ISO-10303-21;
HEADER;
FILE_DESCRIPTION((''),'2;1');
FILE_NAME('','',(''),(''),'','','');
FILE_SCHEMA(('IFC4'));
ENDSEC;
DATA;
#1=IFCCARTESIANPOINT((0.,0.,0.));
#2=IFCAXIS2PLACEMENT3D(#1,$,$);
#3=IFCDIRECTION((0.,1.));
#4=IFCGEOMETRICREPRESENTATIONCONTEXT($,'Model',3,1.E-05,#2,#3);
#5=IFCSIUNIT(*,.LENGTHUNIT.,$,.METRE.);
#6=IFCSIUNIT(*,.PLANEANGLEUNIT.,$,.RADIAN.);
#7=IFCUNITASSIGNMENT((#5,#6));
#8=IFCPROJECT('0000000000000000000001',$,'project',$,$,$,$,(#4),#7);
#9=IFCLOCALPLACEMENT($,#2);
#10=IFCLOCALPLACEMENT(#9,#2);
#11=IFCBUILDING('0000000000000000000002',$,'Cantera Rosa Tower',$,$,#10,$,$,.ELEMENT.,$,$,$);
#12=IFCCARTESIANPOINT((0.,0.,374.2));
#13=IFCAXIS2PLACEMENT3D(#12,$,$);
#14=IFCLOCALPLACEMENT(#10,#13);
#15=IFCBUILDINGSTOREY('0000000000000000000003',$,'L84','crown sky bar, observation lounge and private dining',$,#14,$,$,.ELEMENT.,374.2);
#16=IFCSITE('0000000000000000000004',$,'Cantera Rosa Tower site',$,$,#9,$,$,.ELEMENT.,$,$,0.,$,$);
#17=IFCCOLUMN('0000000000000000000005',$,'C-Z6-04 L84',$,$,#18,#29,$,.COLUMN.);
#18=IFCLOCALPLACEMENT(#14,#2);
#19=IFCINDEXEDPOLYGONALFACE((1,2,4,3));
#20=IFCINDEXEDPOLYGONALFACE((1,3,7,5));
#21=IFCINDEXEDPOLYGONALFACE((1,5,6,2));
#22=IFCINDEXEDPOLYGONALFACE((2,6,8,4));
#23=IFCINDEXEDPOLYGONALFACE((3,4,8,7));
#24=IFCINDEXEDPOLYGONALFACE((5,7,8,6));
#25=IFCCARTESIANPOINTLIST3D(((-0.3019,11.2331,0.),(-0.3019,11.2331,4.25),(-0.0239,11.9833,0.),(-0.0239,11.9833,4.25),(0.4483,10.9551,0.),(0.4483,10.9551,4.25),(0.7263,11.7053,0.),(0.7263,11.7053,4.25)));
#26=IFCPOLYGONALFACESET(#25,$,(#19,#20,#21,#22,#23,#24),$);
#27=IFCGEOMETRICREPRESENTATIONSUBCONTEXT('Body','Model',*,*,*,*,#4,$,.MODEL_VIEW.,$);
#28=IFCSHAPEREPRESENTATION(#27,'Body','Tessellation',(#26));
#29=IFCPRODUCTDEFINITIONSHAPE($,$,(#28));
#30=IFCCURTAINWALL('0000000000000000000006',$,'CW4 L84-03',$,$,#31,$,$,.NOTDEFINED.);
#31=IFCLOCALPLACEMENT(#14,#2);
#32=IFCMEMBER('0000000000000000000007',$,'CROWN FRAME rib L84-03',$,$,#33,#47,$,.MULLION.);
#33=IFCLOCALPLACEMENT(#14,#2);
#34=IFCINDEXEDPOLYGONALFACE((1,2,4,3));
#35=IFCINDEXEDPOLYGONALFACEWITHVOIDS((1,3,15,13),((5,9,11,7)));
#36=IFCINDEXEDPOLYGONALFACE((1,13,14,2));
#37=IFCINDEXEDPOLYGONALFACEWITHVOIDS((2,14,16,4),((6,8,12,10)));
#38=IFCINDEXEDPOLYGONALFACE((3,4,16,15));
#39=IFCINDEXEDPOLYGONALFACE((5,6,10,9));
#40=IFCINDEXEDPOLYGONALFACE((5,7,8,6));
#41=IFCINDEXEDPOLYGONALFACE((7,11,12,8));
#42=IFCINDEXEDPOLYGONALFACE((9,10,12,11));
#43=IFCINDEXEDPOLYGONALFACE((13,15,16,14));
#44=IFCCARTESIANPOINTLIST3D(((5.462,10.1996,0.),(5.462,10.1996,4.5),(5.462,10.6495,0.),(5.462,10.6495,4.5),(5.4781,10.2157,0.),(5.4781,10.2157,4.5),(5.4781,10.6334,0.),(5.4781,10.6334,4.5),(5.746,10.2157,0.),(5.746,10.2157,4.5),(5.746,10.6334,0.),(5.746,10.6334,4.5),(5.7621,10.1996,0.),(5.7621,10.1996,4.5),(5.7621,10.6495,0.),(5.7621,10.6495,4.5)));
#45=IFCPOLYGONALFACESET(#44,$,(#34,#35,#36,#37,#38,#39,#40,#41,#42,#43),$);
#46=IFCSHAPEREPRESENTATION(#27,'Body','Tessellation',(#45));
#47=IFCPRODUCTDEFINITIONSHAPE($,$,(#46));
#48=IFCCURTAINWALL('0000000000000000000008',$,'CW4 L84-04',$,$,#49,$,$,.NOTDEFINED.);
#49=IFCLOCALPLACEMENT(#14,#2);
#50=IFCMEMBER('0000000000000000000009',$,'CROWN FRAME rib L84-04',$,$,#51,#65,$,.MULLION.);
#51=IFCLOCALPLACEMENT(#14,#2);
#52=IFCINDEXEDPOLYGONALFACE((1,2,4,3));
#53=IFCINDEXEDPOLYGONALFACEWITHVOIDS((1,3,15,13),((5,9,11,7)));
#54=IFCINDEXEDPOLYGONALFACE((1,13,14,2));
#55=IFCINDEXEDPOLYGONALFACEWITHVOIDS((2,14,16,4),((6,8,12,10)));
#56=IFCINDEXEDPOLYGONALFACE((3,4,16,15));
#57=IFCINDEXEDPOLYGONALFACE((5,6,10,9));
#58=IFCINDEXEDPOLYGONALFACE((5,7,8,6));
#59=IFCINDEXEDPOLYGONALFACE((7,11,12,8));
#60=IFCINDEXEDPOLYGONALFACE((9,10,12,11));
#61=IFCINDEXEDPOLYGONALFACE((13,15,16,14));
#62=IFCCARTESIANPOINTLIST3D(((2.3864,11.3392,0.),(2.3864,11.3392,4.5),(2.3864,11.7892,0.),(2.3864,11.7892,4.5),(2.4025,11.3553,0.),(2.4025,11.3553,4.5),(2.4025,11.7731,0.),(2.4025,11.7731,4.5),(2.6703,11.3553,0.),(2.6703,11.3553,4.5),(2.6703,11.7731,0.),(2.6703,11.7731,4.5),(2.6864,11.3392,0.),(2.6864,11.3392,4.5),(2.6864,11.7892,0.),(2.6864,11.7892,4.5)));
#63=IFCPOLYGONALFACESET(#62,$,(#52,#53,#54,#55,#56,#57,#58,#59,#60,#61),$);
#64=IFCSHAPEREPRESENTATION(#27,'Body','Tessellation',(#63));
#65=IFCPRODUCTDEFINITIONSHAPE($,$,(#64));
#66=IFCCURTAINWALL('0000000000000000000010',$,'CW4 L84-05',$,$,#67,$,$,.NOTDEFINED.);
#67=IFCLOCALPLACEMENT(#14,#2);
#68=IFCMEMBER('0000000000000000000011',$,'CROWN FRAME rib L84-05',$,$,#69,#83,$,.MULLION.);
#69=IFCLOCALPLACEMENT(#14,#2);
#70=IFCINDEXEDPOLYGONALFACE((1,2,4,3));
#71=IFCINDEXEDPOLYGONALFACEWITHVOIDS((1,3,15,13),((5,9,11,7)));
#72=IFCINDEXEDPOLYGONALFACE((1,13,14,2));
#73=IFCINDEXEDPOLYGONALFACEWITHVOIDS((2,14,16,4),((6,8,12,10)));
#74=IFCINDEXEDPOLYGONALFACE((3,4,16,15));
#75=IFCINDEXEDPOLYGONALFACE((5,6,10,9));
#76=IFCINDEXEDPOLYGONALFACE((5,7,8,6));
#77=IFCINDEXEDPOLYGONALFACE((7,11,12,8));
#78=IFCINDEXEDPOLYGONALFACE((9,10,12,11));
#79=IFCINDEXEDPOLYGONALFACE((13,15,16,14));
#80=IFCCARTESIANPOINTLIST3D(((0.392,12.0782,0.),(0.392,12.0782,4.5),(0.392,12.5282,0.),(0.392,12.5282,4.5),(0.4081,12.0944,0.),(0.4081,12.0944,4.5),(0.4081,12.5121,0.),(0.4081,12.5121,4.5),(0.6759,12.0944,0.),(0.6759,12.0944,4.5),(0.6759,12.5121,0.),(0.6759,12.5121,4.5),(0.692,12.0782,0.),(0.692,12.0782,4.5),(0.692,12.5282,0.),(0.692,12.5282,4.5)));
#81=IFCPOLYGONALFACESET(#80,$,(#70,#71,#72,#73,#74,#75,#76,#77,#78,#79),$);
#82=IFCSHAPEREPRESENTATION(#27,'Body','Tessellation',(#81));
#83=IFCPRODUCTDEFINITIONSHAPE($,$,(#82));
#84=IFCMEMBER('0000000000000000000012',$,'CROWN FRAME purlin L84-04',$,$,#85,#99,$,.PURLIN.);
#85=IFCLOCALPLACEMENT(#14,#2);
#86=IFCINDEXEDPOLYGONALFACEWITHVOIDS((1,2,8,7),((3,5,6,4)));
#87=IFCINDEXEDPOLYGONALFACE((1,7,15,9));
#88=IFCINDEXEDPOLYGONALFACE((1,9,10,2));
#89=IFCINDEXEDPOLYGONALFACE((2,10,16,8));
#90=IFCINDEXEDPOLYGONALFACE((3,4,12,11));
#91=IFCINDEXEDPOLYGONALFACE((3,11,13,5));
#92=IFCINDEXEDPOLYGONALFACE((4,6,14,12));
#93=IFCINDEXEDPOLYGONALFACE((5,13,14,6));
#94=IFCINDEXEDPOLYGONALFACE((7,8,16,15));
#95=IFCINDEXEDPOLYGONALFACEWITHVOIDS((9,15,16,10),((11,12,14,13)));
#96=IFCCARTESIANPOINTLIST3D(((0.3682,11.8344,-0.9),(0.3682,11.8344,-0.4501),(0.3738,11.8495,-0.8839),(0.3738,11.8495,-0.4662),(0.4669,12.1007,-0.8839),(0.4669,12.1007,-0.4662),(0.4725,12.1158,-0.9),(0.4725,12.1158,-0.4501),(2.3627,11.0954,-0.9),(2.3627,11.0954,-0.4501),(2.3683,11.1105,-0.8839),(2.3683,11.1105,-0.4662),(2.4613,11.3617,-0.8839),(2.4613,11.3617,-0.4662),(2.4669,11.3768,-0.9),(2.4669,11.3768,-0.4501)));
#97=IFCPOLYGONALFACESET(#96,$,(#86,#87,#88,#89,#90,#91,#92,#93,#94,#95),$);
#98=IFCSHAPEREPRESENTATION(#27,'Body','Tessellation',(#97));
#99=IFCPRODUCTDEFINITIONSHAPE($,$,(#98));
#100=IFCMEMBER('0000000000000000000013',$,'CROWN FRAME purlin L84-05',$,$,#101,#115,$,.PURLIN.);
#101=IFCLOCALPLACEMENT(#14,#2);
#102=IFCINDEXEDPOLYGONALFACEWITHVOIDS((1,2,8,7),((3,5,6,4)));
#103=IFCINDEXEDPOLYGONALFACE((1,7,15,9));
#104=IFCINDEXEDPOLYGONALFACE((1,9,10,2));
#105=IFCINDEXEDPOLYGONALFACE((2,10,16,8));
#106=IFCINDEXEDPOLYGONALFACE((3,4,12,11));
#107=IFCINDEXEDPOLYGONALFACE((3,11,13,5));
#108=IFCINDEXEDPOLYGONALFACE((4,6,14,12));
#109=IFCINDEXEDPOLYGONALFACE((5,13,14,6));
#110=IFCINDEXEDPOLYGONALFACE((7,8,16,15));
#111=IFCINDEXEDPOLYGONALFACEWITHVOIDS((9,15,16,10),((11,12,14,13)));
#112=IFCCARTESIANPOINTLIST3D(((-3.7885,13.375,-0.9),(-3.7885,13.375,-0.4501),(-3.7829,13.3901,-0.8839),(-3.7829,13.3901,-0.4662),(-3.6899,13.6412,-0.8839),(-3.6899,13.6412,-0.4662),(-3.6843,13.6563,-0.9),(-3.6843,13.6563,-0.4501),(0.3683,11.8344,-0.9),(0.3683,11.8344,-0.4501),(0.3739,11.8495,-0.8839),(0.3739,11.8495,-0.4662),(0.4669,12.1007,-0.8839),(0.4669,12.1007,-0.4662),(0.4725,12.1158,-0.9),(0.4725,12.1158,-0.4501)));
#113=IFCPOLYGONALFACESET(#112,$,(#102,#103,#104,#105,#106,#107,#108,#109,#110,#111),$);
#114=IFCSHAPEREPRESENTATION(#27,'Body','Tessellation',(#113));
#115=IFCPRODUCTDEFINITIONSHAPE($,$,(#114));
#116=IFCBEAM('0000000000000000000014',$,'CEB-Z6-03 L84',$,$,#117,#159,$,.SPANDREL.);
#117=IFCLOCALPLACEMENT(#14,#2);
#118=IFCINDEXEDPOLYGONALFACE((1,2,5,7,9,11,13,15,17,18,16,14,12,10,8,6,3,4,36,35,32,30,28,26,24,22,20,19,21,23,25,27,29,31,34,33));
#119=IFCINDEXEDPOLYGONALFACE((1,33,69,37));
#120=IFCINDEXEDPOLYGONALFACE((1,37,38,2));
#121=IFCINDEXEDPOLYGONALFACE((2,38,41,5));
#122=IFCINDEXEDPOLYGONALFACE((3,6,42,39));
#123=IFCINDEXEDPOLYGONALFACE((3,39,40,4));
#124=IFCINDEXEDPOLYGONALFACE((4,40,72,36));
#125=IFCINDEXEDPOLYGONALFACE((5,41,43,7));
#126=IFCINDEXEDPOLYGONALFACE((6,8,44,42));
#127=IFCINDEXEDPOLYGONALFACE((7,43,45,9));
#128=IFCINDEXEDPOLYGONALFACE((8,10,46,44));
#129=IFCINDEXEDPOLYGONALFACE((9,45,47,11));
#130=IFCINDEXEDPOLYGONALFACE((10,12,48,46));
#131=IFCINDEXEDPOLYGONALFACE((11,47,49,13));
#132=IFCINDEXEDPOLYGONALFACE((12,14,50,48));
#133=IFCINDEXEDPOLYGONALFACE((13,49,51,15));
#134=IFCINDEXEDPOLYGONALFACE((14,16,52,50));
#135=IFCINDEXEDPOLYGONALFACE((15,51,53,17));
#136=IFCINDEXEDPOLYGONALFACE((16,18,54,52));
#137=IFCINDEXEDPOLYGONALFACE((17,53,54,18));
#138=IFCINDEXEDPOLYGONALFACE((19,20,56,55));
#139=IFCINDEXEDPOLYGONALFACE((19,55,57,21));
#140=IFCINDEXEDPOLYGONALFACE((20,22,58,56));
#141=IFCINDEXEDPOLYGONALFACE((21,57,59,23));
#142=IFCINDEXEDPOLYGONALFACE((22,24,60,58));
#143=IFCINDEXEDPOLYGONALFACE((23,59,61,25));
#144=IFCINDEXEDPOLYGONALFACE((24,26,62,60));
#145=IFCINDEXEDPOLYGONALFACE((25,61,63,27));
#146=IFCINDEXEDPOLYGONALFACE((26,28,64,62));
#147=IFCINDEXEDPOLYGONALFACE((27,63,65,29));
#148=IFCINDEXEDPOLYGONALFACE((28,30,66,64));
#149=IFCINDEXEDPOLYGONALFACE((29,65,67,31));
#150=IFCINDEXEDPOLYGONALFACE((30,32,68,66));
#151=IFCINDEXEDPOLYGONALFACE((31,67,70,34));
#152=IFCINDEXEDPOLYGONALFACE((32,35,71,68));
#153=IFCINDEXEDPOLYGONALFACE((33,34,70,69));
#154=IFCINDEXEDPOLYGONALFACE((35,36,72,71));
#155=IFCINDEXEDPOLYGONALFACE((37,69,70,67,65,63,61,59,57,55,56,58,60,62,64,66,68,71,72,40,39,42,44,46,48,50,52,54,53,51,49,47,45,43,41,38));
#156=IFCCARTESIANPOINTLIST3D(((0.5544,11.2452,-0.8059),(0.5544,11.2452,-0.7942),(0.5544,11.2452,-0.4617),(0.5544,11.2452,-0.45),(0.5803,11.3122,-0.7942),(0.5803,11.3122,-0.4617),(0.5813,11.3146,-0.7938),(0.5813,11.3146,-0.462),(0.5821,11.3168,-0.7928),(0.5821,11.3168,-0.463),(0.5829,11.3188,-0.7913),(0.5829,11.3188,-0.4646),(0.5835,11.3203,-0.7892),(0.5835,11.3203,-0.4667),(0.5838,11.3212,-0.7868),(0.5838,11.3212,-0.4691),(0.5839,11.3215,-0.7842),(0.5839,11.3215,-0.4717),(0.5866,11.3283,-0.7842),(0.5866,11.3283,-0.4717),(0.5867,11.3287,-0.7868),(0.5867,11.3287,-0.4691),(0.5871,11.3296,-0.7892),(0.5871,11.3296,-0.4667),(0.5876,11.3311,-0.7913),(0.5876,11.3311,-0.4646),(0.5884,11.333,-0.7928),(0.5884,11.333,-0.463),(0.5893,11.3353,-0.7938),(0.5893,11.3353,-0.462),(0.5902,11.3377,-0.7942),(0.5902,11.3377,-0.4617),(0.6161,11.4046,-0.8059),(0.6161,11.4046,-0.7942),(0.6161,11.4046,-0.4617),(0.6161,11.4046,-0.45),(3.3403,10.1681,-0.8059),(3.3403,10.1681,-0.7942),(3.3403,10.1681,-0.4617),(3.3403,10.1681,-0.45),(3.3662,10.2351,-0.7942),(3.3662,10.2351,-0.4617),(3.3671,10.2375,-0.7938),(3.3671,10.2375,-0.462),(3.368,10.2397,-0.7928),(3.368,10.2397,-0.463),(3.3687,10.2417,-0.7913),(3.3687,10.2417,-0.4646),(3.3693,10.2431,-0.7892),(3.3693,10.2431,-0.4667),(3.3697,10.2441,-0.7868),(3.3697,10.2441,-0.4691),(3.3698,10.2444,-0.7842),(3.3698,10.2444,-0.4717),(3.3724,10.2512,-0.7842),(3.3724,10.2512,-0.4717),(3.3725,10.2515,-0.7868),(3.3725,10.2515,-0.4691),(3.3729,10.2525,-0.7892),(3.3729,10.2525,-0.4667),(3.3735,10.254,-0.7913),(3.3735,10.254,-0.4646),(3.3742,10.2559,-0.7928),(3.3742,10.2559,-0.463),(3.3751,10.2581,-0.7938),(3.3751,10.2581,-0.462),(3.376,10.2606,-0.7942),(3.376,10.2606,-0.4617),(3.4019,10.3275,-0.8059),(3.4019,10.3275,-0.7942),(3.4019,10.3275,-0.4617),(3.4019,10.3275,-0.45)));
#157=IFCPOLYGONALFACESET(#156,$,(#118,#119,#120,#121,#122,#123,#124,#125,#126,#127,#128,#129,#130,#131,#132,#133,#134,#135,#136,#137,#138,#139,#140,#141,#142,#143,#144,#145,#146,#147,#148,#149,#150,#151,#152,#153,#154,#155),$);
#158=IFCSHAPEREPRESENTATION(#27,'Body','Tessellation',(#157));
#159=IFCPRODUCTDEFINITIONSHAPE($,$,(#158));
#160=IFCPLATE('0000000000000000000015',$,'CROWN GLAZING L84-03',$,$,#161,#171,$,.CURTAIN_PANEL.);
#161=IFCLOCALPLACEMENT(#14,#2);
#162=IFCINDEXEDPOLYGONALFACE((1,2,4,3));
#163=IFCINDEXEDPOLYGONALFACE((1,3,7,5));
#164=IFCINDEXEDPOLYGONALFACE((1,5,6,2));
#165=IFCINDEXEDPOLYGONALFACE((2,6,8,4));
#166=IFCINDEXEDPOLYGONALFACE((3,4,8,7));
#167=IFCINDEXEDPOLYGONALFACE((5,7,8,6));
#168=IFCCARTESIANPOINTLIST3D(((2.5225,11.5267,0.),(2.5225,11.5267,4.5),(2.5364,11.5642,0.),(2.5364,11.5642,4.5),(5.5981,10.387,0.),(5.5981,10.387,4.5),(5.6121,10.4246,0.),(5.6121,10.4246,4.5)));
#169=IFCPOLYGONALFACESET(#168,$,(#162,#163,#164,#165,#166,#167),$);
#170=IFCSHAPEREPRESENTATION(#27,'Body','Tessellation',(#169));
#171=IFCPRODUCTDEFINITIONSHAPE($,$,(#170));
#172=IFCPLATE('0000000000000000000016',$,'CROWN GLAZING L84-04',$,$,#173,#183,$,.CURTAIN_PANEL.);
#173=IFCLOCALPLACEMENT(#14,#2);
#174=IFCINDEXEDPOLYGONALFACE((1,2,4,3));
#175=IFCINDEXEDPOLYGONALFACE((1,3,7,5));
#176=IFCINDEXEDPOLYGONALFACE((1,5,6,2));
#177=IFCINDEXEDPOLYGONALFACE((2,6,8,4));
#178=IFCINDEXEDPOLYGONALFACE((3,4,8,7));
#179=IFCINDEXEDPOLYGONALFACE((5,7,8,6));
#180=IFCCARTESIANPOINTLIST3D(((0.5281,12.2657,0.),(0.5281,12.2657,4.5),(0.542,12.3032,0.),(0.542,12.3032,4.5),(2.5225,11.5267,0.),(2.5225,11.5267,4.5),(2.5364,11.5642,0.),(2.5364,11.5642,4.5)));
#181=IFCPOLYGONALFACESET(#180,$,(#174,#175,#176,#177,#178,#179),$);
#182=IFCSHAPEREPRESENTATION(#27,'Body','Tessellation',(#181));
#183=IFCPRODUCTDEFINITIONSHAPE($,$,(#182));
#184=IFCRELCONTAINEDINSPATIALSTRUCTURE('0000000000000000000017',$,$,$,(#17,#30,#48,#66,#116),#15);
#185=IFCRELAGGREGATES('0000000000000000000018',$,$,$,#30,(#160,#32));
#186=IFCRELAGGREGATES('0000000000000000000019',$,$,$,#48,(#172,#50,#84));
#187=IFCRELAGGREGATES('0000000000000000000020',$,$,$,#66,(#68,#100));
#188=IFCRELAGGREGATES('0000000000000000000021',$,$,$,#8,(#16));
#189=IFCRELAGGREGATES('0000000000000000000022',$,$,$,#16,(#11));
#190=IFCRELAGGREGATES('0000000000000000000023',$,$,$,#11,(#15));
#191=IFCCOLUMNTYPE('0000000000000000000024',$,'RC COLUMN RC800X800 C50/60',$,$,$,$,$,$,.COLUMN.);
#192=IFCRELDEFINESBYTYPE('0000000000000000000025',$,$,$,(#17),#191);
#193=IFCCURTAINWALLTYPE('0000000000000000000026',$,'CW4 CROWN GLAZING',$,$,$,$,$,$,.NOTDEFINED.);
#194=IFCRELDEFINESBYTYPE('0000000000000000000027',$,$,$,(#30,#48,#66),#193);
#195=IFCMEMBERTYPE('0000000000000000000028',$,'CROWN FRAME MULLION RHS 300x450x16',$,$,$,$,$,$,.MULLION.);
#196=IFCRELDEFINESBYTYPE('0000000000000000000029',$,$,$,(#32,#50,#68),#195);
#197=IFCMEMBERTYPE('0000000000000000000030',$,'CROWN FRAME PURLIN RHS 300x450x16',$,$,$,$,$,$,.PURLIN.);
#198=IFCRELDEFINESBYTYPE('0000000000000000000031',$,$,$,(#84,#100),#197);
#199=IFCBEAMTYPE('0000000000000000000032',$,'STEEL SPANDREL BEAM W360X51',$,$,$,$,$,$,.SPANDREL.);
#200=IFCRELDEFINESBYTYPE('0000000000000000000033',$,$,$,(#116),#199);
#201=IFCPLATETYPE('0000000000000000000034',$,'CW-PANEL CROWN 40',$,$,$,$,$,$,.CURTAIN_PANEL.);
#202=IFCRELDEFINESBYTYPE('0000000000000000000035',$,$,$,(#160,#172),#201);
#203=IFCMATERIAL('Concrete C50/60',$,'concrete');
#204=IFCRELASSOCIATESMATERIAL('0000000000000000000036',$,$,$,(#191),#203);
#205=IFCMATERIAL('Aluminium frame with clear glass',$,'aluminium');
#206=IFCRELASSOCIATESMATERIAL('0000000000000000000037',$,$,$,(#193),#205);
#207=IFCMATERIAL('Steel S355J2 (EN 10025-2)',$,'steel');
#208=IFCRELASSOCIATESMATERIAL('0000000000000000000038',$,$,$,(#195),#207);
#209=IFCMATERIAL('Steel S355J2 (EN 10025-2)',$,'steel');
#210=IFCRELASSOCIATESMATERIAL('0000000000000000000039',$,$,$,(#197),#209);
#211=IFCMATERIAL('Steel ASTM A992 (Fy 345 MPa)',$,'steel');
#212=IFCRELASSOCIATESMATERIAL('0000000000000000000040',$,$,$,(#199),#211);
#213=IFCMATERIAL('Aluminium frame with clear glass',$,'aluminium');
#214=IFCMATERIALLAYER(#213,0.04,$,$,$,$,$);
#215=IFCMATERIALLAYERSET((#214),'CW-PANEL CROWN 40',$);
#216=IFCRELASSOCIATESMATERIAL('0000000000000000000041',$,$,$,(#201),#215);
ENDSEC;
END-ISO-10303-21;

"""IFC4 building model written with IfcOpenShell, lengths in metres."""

from ifc_helpers import new_model, si_unit, direction, frame, origin, origin_2d, place, context, subcontext, project, spatial, polyline, rectangle, hollow_rectangle, i_section, outline, extrude, material, layer, layer_set, material_profile, profile_set, type_object, element, aggregate, save


model = new_model("IFC4")

# Units and contexts
model_context = context("Model", 3, precision=1e-05, world=origin(), true_north=direction((0.0, 1.0)))
body_context = subcontext(model_context, "Body", "Model", "MODEL_VIEW")
ifc_project = project(units=[si_unit("LENGTHUNIT", "METRE"), si_unit("PLANEANGLEUNIT", "RADIAN")], contexts=[model_context])

# Site, building, storey
site_placement = place(None, origin())
site = spatial("IfcSite", under=ifc_project, at=site_placement, Name="Cantera Rosa Tower site", CompositionType="ELEMENT", RefElevation=0.0)
building_placement = place(site_placement, origin())
building = spatial("IfcBuilding", under=site, at=building_placement, Name="Cantera Rosa Tower", CompositionType="ELEMENT")
storey_placement = place(building_placement, frame((0.0, 0.0, 374.2)))
storey = spatial("IfcBuildingStorey", under=building, at=storey_placement, Name="L84", Description="crown sky bar, observation lounge and private dining", CompositionType="ELEMENT", Elevation=374.2)

# Column
ifc_material_1 = material(Name="Concrete C50/60", Category="concrete")
ifc_material_profile_1 = material_profile(ifc_material_1, rectangle(XDim=0.8, YDim=0.8, at=origin_2d()), Name="RC COLUMN RC800X800 C50/60")
ifc_profile_set_1 = profile_set([ifc_material_profile_1], Name="Concrete C50/60")
column_type = type_object("IfcColumnType", Name="RC COLUMN RC800X800 C50/60", PredefinedType="COLUMN", material=ifc_profile_set_1)
column_placement = place(storey_placement, frame((0.2122, 11.4692, 0.0), z_axis=(0.0, 0.0, 1.0), x_axis=(0.347481, 0.937687, 0.0)))
element("IfcColumn", 1, at=column_placement, inside=storey, type_object=column_type, Name="C-Z6-04 L84", PredefinedType="COLUMN", context=body_context, shape_type="SweptSolid", body=[
    extrude(rectangle(XDim=0.8, YDim=0.8, at=origin_2d()), origin(), (0.0, 0.0, 1.0), 4.25),
])

# Curtain walls, members
ifc_material_2 = material(Name="Aluminium frame with clear glass", Category="aluminium")
curtain_wall_type = type_object("IfcCurtainWallType", Name="CW4 CROWN GLAZING", PredefinedType="NOTDEFINED", material=ifc_material_2)
curtain_wall_1_placement = place(storey_placement, origin())
curtain_wall_1 = element("IfcCurtainWall", 2, at=curtain_wall_1_placement, inside=storey, type_object=curtain_wall_type, Name="CW4 L84-03", PredefinedType="NOTDEFINED")
ifc_material_3 = material(Name="Steel S355J2 (EN 10025-2)", Category="steel")
ifc_material_profile_2 = material_profile(ifc_material_3, hollow_rectangle(XDim=0.3, YDim=0.45, WallThickness=0.0161, at=origin_2d()), Name="CROWN FRAME MULLION RHS 300x450x16")
ifc_profile_set_2 = profile_set([ifc_material_profile_2], Name="Steel S355J2 (EN 10025-2)")
member_type_1 = type_object("IfcMemberType", Name="CROWN FRAME MULLION RHS 300x450x16", PredefinedType="MULLION", material=ifc_profile_set_2)
member_1_placement = place(storey_placement, frame((5.6121, 10.4246, 0.0), z_axis=(0.0, 0.0, 1.0), x_axis=(1.0, 0.0, 0.0)))
member_1 = element("IfcMember", 3, at=member_1_placement, type_object=member_type_1, Name="CROWN FRAME rib L84-03", PredefinedType="MULLION", context=body_context, shape_type="SweptSolid", body=[
    extrude(hollow_rectangle(XDim=0.3, YDim=0.45, WallThickness=0.0161, at=origin_2d()), origin(), (0.0, 0.0, 1.0), 4.5),
])
curtain_wall_2_placement = place(storey_placement, origin())
curtain_wall_2 = element("IfcCurtainWall", 4, at=curtain_wall_2_placement, inside=storey, type_object=curtain_wall_type, Name="CW4 L84-04", PredefinedType="NOTDEFINED")
member_2_placement = place(storey_placement, frame((2.5364, 11.5642, 0.0), z_axis=(0.0, 0.0, 1.0), x_axis=(1.0, 0.0, 0.0)))
member_2 = element("IfcMember", 5, at=member_2_placement, type_object=member_type_1, Name="CROWN FRAME rib L84-04", PredefinedType="MULLION", context=body_context, shape_type="SweptSolid", body=[
    extrude(hollow_rectangle(XDim=0.3, YDim=0.45, WallThickness=0.0161, at=origin_2d()), origin(), (0.0, 0.0, 1.0), 4.5),
])
curtain_wall_3_placement = place(storey_placement, origin())
curtain_wall_3 = element("IfcCurtainWall", 6, at=curtain_wall_3_placement, inside=storey, type_object=curtain_wall_type, Name="CW4 L84-05", PredefinedType="NOTDEFINED")
member_3_placement = place(storey_placement, frame((0.542, 12.3032, 0.0), z_axis=(0.0, 0.0, 1.0), x_axis=(1.0, 0.0, 0.0)))
member_3 = element("IfcMember", 7, at=member_3_placement, type_object=member_type_1, Name="CROWN FRAME rib L84-05", PredefinedType="MULLION", context=body_context, shape_type="SweptSolid", body=[
    extrude(hollow_rectangle(XDim=0.3, YDim=0.45, WallThickness=0.0161, at=origin_2d()), origin(), (0.0, 0.0, 1.0), 4.5),
])

# Members
ifc_material_4 = material(Name="Steel S355J2 (EN 10025-2)", Category="steel")
ifc_material_profile_3 = material_profile(ifc_material_4, hollow_rectangle(XDim=0.3, YDim=0.45, WallThickness=0.0161, at=origin_2d()), Name="CROWN FRAME PURLIN RHS 300x450x16")
ifc_profile_set_3 = profile_set([ifc_material_profile_3], Name="Steel S355J2 (EN 10025-2)")
member_type_2 = type_object("IfcMemberType", Name="CROWN FRAME PURLIN RHS 300x450x16", PredefinedType="PURLIN", material=ifc_profile_set_3)
member_4_placement = place(storey_placement, frame((2.4148, 11.2361, -0.675), z_axis=(-0.937695, 0.34746, 0.0), x_axis=(-0.34746, -0.937695, 0.0)))
member_4 = element("IfcMember", 8, at=member_4_placement, type_object=member_type_2, Name="CROWN FRAME purlin L84-04", PredefinedType="PURLIN", context=body_context, shape_type="SweptSolid", body=[
    extrude(hollow_rectangle(XDim=0.3, YDim=0.45, WallThickness=0.0161, at=origin_2d()), origin(), (0.0, 0.0, 1.0), 2.127),
])
member_5_placement = place(storey_placement, frame((0.4204, 11.9751, -0.675), z_axis=(-0.937676, 0.347512, 0.0), x_axis=(-0.347512, -0.937676, 0.0)))
member_5 = element("IfcMember", 9, at=member_5_placement, type_object=member_type_2, Name="CROWN FRAME purlin L84-05", PredefinedType="PURLIN", context=body_context, shape_type="SweptSolid", body=[
    extrude(hollow_rectangle(XDim=0.3, YDim=0.45, WallThickness=0.0161, at=origin_2d()), origin(), (0.0, 0.0, 1.0), 4.4331),
])

# Beam
ifc_material_5 = material(Name="Steel ASTM A992 (Fy 345 MPa)", Category="steel")
ifc_material_profile_4 = material_profile(ifc_material_5, i_section(OverallWidth=0.1709, OverallDepth=0.356, WebThickness=0.0073, FlangeThickness=0.0117, FilletRadius=0.01, at=origin_2d()), Name="W360X51")
ifc_profile_set_4 = profile_set([ifc_material_profile_4], Name="Steel ASTM A992 (Fy 345 MPa)")
beam_type = type_object("IfcBeamType", Name="STEEL SPANDREL BEAM W360X51", PredefinedType="SPANDREL", material=ifc_profile_set_4)
beam_placement = place(storey_placement, frame((3.3711, 10.2478, -0.6279), z_axis=(-0.93271, 0.360627, 0.0), x_axis=(-0.360627, -0.93271, 0.0)))
element("IfcBeam", 10, at=beam_placement, inside=storey, type_object=beam_type, Name="CEB-Z6-03 L84", PredefinedType="SPANDREL", context=body_context, shape_type="SweptSolid", body=[
    extrude(i_section(OverallWidth=0.1709, OverallDepth=0.356, WebThickness=0.0073, FlangeThickness=0.0117, FilletRadius=0.01, at=origin_2d()), origin(), (0.0, 0.0, 1.0), 2.9868),
])

# Plates
ifc_material_6 = material(Name="Aluminium frame with clear glass", Category="aluminium")
ifc_layer_1 = layer(ifc_material_6, 0.04)
ifc_layer_set_1 = layer_set([ifc_layer_1], Name="CW-PANEL CROWN 40")
plate_type = type_object("IfcPlateType", Name="CW-PANEL CROWN 40", PredefinedType="CURTAIN_PANEL", material=ifc_layer_set_1)
plate_1_placement = place(storey_placement, frame((5.6121, 10.4246, 0.0), z_axis=(0.34745, 0.937698, 0.0), x_axis=(-0.937698, 0.34745, 0.0)))
plate_1 = element("IfcPlate", 11, at=plate_1_placement, type_object=plate_type, Name="CROWN GLAZING L84-03", PredefinedType="CURTAIN_PANEL", context=body_context, shape_type="SweptSolid", body=[
    extrude(outline(polyline([(0.0, 0.0), (3.28, 0.0), (3.28, 4.5), (0.0, 4.5), (0.0, 0.0)])), origin(), (0.0, 0.0, -1.0), 0.04),
])
plate_2_placement = place(storey_placement, frame((2.5364, 11.5642, 0.0), z_axis=(0.34746, 0.937695, 0.0), x_axis=(-0.937695, 0.34746, 0.0)))
plate_2 = element("IfcPlate", 12, at=plate_2_placement, type_object=plate_type, Name="CROWN GLAZING L84-04", PredefinedType="CURTAIN_PANEL", context=body_context, shape_type="SweptSolid", body=[
    extrude(outline(polyline([(0.0, 0.0), (2.1269, 0.0), (2.1269, 4.5), (0.0, 4.5), (0.0, 0.0)])), origin(), (0.0, 0.0, -1.0), 0.04),
])

aggregate(curtain_wall_1, [plate_1, member_1])
aggregate(curtain_wall_2, [plate_2, member_2, member_4])
aggregate(curtain_wall_3, [member_3, member_5])

save(model, "model.ifc")
